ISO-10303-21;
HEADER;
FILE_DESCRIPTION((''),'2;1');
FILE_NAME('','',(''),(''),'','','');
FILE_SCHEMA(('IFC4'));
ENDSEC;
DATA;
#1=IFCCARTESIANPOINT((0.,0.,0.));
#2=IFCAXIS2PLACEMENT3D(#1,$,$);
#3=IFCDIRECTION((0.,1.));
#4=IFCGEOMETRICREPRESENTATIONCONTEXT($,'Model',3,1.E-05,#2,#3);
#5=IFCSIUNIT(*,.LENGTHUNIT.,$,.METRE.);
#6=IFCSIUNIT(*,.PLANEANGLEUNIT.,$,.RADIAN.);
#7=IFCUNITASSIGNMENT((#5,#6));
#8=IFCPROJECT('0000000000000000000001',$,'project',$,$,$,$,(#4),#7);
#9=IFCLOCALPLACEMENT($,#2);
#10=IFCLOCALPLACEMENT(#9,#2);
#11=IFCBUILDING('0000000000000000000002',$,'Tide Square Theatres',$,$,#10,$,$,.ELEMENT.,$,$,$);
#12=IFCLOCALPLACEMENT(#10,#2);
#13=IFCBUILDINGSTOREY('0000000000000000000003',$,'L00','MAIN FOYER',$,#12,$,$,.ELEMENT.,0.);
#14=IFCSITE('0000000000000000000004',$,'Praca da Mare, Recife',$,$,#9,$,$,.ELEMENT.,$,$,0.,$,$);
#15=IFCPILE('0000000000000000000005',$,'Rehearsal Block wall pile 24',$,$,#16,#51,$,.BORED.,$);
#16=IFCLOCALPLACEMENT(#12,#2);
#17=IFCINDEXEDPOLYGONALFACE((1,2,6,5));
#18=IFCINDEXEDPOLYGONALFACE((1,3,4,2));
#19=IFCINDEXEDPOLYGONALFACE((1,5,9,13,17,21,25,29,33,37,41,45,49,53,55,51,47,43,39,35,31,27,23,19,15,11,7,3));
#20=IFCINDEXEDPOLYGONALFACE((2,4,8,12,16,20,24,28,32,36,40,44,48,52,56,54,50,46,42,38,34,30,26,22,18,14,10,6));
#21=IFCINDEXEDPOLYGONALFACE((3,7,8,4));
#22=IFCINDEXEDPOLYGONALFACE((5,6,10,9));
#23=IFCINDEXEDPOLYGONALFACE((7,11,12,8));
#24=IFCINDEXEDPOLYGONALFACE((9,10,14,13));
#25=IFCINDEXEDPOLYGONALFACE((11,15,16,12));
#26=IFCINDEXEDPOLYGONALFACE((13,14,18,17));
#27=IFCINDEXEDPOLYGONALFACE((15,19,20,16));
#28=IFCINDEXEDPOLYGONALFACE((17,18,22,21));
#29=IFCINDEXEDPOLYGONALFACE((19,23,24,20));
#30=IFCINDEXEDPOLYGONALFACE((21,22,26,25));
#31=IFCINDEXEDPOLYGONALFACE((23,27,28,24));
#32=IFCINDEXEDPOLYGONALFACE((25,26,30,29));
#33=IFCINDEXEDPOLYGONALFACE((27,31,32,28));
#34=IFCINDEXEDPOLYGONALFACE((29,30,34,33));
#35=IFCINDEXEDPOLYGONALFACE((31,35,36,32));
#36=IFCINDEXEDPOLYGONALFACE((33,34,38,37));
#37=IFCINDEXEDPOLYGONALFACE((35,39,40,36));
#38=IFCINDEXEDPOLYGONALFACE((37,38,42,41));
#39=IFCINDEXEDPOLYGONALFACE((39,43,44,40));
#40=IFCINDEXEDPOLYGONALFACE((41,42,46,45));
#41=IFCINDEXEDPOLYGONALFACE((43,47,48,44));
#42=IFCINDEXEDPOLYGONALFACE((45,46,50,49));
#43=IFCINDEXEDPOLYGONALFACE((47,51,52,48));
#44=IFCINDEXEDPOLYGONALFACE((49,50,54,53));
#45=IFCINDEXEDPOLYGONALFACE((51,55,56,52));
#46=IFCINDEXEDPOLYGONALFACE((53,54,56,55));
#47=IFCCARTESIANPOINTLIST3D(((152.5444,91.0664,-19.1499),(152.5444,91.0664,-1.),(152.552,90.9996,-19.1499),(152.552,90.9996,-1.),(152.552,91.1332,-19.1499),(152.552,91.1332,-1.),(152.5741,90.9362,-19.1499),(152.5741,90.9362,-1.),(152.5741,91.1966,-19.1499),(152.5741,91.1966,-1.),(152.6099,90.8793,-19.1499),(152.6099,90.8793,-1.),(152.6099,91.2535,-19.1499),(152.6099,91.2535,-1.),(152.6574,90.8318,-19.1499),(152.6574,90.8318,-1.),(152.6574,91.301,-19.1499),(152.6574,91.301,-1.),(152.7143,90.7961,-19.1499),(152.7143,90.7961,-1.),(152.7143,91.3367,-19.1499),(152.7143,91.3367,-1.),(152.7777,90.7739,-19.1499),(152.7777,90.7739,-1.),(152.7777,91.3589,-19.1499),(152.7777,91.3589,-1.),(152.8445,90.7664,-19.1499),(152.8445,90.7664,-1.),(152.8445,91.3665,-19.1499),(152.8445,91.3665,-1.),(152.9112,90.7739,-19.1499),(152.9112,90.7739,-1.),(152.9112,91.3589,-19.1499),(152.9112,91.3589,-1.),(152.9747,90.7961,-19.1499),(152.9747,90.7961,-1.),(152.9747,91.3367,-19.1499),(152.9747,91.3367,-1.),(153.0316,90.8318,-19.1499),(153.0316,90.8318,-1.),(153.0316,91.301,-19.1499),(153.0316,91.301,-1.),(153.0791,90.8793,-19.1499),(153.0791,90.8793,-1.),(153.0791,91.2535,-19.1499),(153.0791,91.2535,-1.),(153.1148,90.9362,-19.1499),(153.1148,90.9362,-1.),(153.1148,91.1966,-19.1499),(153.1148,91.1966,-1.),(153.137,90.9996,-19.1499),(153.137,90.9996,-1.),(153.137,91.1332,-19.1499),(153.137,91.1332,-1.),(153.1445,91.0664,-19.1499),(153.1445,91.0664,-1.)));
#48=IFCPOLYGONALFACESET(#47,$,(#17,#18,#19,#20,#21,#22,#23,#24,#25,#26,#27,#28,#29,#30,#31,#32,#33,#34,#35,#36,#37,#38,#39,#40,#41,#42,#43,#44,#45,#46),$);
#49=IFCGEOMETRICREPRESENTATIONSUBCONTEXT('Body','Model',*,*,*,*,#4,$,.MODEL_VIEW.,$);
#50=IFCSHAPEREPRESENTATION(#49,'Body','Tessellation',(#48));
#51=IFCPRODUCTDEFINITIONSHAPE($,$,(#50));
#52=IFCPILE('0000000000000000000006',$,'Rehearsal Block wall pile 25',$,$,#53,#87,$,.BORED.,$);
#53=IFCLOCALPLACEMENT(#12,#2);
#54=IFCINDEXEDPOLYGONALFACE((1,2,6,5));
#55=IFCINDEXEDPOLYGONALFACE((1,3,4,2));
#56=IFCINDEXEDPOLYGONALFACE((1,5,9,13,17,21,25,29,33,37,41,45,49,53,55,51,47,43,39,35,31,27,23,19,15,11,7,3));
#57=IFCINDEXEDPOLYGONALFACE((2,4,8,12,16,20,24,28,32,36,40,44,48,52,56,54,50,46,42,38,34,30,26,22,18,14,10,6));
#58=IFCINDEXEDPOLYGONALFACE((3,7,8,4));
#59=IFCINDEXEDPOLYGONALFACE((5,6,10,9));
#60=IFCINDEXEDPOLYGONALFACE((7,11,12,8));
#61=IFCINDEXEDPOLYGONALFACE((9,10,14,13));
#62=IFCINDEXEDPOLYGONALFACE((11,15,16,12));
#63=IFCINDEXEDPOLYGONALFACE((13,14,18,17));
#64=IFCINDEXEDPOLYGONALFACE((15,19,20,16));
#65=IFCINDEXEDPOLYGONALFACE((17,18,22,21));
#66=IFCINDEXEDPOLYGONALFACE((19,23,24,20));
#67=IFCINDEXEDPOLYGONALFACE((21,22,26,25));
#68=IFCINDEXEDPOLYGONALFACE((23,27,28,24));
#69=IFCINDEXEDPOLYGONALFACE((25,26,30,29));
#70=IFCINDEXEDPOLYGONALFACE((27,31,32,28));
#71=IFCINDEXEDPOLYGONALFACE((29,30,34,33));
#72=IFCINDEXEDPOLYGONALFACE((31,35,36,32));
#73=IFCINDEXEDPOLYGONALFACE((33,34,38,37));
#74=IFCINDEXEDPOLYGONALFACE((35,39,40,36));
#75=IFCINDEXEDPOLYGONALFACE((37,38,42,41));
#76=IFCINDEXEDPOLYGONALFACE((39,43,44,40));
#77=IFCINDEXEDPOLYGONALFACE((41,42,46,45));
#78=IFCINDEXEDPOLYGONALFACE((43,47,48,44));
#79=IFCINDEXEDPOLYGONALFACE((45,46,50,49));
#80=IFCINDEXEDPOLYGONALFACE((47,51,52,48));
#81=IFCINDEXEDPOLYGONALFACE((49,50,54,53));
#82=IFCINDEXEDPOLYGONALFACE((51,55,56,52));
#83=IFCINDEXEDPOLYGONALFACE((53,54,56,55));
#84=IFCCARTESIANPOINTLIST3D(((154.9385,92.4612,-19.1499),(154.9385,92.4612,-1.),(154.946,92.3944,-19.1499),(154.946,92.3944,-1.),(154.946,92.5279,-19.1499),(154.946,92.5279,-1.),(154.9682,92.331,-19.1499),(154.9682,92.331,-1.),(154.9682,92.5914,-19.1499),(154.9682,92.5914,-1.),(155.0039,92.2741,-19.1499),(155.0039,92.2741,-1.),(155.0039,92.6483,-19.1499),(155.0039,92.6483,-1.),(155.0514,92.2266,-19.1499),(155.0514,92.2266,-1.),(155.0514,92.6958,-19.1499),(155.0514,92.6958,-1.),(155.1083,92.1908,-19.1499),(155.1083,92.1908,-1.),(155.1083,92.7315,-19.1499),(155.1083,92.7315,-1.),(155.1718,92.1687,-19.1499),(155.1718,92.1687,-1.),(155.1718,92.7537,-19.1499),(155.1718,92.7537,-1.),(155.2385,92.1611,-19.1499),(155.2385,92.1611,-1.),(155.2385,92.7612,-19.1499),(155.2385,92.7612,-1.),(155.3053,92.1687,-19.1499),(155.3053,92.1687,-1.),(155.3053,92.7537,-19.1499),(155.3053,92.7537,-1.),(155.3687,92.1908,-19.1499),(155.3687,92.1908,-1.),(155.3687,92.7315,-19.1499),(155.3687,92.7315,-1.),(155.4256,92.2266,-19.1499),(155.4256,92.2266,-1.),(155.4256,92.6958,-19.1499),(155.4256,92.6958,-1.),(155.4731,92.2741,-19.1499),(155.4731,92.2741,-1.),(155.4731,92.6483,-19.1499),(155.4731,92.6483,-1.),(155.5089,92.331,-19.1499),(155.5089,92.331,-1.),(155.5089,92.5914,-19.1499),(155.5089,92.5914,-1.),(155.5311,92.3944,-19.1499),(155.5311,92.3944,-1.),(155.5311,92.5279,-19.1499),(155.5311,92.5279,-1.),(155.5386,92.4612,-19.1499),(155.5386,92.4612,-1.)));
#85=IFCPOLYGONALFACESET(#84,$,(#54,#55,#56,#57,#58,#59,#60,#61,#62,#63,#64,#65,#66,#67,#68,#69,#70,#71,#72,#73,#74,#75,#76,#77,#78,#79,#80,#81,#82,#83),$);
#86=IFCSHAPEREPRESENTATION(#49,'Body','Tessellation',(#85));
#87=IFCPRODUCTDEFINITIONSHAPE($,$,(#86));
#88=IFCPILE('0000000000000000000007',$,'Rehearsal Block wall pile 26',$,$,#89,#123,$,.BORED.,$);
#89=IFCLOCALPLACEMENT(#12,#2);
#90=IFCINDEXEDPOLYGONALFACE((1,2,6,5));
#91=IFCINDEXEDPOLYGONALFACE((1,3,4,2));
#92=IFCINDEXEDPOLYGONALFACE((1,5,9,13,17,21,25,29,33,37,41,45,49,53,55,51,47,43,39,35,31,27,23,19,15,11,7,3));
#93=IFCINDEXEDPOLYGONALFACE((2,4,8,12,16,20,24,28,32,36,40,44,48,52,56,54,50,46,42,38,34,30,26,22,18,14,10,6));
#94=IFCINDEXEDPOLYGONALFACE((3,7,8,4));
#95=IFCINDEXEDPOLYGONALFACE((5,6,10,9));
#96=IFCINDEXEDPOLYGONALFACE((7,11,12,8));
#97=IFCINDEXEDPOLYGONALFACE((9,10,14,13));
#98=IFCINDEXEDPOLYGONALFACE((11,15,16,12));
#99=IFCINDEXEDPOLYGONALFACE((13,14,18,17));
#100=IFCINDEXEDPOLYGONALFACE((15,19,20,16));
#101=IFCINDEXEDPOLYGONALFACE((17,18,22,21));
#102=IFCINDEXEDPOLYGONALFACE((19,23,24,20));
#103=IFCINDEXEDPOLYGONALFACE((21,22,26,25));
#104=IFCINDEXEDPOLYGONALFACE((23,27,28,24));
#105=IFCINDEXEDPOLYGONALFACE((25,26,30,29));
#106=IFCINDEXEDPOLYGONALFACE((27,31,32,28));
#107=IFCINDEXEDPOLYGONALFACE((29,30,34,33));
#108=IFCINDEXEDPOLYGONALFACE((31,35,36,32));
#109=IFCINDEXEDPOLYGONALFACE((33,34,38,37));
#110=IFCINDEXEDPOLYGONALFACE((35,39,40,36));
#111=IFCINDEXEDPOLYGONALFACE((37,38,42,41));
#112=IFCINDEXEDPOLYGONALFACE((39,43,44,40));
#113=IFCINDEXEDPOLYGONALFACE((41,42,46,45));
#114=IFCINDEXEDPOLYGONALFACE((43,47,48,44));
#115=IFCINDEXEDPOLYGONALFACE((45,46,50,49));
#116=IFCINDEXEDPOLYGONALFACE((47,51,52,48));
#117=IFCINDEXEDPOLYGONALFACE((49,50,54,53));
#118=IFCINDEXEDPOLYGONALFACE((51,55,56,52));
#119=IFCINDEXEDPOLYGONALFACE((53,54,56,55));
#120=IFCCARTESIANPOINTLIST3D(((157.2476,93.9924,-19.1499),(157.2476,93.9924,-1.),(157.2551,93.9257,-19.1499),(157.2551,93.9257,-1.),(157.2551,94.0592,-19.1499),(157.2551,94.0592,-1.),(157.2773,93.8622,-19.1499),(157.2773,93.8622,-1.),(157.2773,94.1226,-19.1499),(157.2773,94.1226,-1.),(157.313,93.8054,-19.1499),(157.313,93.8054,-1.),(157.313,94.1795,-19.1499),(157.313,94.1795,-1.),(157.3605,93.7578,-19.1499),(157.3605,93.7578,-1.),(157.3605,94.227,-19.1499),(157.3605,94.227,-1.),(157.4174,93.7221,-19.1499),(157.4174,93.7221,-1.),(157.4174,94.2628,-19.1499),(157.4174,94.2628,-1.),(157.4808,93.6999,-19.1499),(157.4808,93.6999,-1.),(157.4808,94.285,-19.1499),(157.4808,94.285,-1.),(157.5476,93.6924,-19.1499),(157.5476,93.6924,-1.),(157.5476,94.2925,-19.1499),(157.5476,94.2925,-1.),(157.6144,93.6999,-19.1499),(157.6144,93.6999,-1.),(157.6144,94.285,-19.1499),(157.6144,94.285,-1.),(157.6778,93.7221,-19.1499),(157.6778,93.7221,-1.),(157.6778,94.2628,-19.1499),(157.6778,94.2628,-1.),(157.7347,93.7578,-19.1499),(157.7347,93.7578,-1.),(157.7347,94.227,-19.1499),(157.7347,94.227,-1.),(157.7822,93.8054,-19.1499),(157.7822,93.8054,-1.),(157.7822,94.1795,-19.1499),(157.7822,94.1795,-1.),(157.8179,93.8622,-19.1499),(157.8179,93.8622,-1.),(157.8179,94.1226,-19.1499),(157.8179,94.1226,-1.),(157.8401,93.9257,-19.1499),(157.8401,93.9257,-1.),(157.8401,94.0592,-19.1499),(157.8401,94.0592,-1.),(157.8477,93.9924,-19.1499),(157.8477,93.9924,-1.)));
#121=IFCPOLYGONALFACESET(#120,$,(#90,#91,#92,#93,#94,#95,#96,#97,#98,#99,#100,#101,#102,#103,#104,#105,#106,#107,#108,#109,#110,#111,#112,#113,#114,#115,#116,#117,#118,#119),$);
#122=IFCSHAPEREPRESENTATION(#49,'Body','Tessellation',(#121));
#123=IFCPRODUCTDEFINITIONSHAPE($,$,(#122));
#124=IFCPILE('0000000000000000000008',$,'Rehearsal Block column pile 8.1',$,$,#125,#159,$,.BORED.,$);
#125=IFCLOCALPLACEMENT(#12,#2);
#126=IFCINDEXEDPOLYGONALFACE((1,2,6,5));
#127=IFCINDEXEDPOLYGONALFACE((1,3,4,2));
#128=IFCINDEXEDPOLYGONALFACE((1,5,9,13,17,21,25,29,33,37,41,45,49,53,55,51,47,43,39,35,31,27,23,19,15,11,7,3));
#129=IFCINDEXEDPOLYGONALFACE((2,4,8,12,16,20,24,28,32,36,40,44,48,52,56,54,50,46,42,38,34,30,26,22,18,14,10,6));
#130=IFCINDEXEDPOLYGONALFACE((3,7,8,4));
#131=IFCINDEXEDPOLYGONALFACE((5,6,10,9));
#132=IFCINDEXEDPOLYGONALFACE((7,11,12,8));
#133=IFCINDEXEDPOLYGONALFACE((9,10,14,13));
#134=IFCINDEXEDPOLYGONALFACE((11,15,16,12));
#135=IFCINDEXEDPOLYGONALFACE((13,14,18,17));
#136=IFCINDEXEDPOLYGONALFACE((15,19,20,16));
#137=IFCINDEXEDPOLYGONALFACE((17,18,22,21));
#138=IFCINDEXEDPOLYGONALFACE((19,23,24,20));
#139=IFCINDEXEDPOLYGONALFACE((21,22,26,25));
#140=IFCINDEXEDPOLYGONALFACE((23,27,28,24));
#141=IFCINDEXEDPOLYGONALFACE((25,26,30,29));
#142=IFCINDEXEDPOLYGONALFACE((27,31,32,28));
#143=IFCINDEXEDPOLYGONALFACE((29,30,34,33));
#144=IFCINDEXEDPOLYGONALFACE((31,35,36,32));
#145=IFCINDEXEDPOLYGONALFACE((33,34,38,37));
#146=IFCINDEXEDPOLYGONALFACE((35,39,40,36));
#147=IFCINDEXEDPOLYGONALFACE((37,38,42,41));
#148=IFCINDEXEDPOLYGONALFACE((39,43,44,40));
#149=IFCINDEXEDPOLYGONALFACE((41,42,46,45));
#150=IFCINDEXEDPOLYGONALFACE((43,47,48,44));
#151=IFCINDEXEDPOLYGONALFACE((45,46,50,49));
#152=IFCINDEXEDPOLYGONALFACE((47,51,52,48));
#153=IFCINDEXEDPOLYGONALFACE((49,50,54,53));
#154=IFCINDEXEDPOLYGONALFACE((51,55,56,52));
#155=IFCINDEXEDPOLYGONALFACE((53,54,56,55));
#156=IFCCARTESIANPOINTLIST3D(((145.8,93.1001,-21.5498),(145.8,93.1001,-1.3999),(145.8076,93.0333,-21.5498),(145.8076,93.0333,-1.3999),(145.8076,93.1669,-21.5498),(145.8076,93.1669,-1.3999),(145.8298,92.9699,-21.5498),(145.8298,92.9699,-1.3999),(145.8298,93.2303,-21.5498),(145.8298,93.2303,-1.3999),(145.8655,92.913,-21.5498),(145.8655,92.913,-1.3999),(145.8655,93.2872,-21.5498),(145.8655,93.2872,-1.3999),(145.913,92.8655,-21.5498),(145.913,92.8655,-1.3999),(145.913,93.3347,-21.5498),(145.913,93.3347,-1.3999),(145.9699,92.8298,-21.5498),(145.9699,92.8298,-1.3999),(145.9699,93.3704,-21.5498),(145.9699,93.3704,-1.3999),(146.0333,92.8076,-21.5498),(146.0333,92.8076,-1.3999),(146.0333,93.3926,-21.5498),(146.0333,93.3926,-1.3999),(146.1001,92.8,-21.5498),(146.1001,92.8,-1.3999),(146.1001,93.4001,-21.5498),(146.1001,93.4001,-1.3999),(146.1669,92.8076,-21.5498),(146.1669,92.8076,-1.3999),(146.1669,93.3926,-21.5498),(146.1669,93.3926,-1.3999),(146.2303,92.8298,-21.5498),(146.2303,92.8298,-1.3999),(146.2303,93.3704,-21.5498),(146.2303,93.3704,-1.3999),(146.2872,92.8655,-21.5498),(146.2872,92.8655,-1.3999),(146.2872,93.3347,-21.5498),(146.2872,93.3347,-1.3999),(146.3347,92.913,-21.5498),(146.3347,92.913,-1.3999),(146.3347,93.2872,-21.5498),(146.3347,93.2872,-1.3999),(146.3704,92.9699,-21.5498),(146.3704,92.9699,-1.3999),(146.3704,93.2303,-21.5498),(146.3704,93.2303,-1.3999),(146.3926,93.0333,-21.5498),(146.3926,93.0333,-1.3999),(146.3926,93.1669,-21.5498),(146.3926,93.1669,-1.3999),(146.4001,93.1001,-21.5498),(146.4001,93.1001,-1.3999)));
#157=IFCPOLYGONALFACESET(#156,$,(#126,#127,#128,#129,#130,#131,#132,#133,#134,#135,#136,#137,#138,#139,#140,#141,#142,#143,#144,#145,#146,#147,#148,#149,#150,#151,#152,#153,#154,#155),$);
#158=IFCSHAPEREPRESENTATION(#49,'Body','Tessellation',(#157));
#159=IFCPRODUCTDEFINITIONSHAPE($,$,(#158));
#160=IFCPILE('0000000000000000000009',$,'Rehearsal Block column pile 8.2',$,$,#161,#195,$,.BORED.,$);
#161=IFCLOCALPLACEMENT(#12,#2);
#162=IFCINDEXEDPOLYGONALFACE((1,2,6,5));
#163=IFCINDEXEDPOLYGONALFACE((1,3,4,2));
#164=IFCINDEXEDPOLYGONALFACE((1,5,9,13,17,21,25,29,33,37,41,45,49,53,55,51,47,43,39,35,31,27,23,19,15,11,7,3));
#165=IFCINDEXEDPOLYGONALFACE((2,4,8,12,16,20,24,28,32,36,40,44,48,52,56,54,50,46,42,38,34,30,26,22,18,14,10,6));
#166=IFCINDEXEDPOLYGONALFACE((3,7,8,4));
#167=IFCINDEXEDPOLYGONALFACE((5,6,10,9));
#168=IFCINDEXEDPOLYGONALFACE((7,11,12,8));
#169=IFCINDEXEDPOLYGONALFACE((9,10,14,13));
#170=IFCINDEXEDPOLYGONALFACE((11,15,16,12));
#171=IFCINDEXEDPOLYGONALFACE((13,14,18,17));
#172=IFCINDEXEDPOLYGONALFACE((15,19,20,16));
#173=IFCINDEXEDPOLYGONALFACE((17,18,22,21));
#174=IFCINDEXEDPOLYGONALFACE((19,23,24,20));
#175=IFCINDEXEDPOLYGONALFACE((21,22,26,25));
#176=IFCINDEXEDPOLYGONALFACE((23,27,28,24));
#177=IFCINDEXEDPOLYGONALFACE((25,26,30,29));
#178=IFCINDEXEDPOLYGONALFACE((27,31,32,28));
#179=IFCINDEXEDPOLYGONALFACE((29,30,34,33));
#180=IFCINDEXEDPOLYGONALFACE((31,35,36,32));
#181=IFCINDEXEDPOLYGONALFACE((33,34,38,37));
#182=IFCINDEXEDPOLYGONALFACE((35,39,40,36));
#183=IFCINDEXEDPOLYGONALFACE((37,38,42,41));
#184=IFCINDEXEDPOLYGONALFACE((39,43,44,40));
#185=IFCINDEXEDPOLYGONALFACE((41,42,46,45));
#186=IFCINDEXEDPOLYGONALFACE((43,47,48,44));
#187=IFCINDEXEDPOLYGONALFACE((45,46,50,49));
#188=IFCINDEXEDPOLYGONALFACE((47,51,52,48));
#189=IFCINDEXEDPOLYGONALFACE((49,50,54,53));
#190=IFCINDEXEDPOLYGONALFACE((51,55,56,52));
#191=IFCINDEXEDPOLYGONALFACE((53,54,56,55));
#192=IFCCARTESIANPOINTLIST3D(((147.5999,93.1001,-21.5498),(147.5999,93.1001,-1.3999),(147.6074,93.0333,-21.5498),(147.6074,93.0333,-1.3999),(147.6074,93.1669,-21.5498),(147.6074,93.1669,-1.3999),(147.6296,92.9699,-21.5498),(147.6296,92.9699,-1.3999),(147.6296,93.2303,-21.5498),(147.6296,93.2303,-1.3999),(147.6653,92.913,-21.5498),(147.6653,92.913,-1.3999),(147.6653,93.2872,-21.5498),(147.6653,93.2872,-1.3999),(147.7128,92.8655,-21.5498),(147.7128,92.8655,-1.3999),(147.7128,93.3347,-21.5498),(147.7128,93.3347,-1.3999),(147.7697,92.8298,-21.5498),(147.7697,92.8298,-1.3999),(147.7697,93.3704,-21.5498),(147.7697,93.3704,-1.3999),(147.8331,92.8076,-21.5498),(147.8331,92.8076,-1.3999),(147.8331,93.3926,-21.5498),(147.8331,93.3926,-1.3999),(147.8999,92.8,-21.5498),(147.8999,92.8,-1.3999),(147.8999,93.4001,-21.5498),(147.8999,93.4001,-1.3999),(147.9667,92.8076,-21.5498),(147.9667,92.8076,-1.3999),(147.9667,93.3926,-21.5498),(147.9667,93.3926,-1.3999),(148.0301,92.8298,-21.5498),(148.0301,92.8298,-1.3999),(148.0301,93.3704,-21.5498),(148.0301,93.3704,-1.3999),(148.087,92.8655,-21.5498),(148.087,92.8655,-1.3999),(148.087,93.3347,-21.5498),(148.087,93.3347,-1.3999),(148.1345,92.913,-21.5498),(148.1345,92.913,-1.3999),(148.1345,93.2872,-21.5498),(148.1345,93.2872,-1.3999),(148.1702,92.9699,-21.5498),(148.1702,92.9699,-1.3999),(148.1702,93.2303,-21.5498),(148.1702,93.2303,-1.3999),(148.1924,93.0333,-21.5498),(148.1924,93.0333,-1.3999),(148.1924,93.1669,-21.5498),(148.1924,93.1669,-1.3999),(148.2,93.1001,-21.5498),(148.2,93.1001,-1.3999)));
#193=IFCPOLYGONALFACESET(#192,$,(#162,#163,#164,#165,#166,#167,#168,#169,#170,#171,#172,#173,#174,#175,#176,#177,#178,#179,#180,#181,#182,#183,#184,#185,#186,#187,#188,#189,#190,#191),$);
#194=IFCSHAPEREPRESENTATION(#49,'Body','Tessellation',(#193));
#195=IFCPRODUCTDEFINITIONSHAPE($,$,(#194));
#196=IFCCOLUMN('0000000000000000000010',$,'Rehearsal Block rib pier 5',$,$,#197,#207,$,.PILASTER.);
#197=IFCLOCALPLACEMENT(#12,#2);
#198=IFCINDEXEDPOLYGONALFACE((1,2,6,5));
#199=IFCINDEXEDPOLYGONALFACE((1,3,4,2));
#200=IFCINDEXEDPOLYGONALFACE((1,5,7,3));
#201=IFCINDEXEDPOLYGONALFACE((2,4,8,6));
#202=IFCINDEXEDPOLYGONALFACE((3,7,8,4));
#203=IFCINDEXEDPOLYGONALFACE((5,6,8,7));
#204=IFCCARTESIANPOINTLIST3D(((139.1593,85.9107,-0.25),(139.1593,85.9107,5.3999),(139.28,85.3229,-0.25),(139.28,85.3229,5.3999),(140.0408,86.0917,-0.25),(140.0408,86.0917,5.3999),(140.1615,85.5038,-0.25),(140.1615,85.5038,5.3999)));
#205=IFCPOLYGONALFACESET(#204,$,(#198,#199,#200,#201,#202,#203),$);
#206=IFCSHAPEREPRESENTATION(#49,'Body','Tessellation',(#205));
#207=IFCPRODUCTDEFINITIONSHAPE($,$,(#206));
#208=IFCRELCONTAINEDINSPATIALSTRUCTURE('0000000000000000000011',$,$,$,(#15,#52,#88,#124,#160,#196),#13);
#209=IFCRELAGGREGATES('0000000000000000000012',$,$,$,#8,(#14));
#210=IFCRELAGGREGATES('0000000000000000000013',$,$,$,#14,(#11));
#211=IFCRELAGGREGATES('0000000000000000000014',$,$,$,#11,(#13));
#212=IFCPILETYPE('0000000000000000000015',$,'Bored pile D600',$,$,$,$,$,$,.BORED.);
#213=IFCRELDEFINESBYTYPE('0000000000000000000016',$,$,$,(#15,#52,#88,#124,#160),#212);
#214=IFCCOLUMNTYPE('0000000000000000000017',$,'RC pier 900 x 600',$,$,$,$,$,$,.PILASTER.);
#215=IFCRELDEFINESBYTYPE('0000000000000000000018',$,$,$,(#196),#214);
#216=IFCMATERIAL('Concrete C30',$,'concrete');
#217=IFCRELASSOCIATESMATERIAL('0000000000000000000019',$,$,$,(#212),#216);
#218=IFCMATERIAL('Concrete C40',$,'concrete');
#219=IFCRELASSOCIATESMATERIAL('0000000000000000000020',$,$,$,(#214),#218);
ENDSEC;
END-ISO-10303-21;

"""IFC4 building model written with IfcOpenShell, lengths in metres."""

from ifc_helpers import new_model, si_unit, direction, frame, origin, origin_2d, place, context, subcontext, project, spatial, rectangle, circle, extrude, material, material_profile, profile_set, type_object, element, save


model = new_model("IFC4")

# Units and contexts
model_context = context("Model", 3, precision=1e-05, world=origin(), true_north=direction((0.0, 1.0)))
body_context = subcontext(model_context, "Body", "Model", "MODEL_VIEW")
ifc_project = project(units=[si_unit("LENGTHUNIT", "METRE"), si_unit("PLANEANGLEUNIT", "RADIAN")], contexts=[model_context])

# Site, building, storey
site_placement = place(None, origin())
site = spatial("IfcSite", under=ifc_project, at=site_placement, Name="Praca da Mare, Recife", CompositionType="ELEMENT", RefElevation=0.0)
building_placement = place(site_placement, origin())
building = spatial("IfcBuilding", under=site, at=building_placement, Name="Tide Square Theatres", CompositionType="ELEMENT")
storey_placement = place(building_placement, origin())
storey = spatial("IfcBuildingStorey", under=building, at=storey_placement, Name="L00", Description="MAIN FOYER", CompositionType="ELEMENT", Elevation=0.0)

# Piles
ifc_material_1 = material(Name="Concrete C30", Category="concrete")
ifc_material_profile_1 = material_profile(ifc_material_1, circle(Radius=0.3, at=origin_2d()))
ifc_profile_set_1 = profile_set([ifc_material_profile_1], Name="Concrete C30")
pile_type = type_object("IfcPileType", Name="Bored pile D600", PredefinedType="BORED", material=ifc_profile_set_1)
for number, where, z_axis, x_axis, name in (
    (1, (152.8445, 91.0664, -1.0), (0.0, 0.0, -1.0), (1.0, 0.0, 0.0), "Rehearsal Block wall pile 24"),
    (2, (155.2385, 92.4612, -1.0), (0.0, 0.0, -1.0), (1.0, 0.0, 0.0), "Rehearsal Block wall pile 25"),
    (3, (157.5476, 93.9924, -1.0), (0.0, 0.0, -1.0), (1.0, 0.0, 0.0), "Rehearsal Block wall pile 26"),
):
    element("IfcPile", number, at=place(storey_placement, frame(where, z_axis=z_axis, x_axis=x_axis)), inside=storey, type_object=pile_type, Name=name, PredefinedType="BORED", context=body_context, shape_type="SweptSolid", body=[
        extrude(circle(Radius=0.3, at=origin_2d()), origin(), (0.0, 0.0, 1.0), 18.1499),
    ])
for number, where, z_axis, x_axis, name in (
    (4, (146.1001, 93.1001, -1.3999), (0.0, 0.0, -1.0), (1.0, 0.0, 0.0), "Rehearsal Block column pile 8.1"),
    (5, (147.8999, 93.1001, -1.3999), (0.0, 0.0, -1.0), (1.0, 0.0, 0.0), "Rehearsal Block column pile 8.2"),
):
    element("IfcPile", number, at=place(storey_placement, frame(where, z_axis=z_axis, x_axis=x_axis)), inside=storey, type_object=pile_type, Name=name, PredefinedType="BORED", context=body_context, shape_type="SweptSolid", body=[
        extrude(circle(Radius=0.3, at=origin_2d()), origin(), (0.0, 0.0, 1.0), 20.1499),
    ])

# Column
ifc_material_2 = material(Name="Concrete C40", Category="concrete")
ifc_material_profile_2 = material_profile(ifc_material_2, rectangle(XDim=0.8999, YDim=0.6001, at=origin_2d()))
ifc_profile_set_2 = profile_set([ifc_material_profile_2], Name="Concrete C40")
column_type = type_object("IfcColumnType", Name="RC pier 900 x 600", PredefinedType="PILASTER", material=ifc_profile_set_2)
for number, where, z_axis, x_axis, name in (
    (6, (139.6604, 85.7073, -0.25), (0.0, 0.0, 1.0), (0.979575, 0.201079, 0.0), "Rehearsal Block rib pier 5"),
):
    element("IfcColumn", number, at=place(storey_placement, frame(where, z_axis=z_axis, x_axis=x_axis)), inside=storey, type_object=column_type, Name=name, PredefinedType="PILASTER", context=body_context, shape_type="SweptSolid", body=[
        extrude(rectangle(XDim=0.8999, YDim=0.6001, at=origin_2d()), origin(), (0.0, 0.0, 1.0), 5.6499),
    ])

save(model, "model.ifc")
